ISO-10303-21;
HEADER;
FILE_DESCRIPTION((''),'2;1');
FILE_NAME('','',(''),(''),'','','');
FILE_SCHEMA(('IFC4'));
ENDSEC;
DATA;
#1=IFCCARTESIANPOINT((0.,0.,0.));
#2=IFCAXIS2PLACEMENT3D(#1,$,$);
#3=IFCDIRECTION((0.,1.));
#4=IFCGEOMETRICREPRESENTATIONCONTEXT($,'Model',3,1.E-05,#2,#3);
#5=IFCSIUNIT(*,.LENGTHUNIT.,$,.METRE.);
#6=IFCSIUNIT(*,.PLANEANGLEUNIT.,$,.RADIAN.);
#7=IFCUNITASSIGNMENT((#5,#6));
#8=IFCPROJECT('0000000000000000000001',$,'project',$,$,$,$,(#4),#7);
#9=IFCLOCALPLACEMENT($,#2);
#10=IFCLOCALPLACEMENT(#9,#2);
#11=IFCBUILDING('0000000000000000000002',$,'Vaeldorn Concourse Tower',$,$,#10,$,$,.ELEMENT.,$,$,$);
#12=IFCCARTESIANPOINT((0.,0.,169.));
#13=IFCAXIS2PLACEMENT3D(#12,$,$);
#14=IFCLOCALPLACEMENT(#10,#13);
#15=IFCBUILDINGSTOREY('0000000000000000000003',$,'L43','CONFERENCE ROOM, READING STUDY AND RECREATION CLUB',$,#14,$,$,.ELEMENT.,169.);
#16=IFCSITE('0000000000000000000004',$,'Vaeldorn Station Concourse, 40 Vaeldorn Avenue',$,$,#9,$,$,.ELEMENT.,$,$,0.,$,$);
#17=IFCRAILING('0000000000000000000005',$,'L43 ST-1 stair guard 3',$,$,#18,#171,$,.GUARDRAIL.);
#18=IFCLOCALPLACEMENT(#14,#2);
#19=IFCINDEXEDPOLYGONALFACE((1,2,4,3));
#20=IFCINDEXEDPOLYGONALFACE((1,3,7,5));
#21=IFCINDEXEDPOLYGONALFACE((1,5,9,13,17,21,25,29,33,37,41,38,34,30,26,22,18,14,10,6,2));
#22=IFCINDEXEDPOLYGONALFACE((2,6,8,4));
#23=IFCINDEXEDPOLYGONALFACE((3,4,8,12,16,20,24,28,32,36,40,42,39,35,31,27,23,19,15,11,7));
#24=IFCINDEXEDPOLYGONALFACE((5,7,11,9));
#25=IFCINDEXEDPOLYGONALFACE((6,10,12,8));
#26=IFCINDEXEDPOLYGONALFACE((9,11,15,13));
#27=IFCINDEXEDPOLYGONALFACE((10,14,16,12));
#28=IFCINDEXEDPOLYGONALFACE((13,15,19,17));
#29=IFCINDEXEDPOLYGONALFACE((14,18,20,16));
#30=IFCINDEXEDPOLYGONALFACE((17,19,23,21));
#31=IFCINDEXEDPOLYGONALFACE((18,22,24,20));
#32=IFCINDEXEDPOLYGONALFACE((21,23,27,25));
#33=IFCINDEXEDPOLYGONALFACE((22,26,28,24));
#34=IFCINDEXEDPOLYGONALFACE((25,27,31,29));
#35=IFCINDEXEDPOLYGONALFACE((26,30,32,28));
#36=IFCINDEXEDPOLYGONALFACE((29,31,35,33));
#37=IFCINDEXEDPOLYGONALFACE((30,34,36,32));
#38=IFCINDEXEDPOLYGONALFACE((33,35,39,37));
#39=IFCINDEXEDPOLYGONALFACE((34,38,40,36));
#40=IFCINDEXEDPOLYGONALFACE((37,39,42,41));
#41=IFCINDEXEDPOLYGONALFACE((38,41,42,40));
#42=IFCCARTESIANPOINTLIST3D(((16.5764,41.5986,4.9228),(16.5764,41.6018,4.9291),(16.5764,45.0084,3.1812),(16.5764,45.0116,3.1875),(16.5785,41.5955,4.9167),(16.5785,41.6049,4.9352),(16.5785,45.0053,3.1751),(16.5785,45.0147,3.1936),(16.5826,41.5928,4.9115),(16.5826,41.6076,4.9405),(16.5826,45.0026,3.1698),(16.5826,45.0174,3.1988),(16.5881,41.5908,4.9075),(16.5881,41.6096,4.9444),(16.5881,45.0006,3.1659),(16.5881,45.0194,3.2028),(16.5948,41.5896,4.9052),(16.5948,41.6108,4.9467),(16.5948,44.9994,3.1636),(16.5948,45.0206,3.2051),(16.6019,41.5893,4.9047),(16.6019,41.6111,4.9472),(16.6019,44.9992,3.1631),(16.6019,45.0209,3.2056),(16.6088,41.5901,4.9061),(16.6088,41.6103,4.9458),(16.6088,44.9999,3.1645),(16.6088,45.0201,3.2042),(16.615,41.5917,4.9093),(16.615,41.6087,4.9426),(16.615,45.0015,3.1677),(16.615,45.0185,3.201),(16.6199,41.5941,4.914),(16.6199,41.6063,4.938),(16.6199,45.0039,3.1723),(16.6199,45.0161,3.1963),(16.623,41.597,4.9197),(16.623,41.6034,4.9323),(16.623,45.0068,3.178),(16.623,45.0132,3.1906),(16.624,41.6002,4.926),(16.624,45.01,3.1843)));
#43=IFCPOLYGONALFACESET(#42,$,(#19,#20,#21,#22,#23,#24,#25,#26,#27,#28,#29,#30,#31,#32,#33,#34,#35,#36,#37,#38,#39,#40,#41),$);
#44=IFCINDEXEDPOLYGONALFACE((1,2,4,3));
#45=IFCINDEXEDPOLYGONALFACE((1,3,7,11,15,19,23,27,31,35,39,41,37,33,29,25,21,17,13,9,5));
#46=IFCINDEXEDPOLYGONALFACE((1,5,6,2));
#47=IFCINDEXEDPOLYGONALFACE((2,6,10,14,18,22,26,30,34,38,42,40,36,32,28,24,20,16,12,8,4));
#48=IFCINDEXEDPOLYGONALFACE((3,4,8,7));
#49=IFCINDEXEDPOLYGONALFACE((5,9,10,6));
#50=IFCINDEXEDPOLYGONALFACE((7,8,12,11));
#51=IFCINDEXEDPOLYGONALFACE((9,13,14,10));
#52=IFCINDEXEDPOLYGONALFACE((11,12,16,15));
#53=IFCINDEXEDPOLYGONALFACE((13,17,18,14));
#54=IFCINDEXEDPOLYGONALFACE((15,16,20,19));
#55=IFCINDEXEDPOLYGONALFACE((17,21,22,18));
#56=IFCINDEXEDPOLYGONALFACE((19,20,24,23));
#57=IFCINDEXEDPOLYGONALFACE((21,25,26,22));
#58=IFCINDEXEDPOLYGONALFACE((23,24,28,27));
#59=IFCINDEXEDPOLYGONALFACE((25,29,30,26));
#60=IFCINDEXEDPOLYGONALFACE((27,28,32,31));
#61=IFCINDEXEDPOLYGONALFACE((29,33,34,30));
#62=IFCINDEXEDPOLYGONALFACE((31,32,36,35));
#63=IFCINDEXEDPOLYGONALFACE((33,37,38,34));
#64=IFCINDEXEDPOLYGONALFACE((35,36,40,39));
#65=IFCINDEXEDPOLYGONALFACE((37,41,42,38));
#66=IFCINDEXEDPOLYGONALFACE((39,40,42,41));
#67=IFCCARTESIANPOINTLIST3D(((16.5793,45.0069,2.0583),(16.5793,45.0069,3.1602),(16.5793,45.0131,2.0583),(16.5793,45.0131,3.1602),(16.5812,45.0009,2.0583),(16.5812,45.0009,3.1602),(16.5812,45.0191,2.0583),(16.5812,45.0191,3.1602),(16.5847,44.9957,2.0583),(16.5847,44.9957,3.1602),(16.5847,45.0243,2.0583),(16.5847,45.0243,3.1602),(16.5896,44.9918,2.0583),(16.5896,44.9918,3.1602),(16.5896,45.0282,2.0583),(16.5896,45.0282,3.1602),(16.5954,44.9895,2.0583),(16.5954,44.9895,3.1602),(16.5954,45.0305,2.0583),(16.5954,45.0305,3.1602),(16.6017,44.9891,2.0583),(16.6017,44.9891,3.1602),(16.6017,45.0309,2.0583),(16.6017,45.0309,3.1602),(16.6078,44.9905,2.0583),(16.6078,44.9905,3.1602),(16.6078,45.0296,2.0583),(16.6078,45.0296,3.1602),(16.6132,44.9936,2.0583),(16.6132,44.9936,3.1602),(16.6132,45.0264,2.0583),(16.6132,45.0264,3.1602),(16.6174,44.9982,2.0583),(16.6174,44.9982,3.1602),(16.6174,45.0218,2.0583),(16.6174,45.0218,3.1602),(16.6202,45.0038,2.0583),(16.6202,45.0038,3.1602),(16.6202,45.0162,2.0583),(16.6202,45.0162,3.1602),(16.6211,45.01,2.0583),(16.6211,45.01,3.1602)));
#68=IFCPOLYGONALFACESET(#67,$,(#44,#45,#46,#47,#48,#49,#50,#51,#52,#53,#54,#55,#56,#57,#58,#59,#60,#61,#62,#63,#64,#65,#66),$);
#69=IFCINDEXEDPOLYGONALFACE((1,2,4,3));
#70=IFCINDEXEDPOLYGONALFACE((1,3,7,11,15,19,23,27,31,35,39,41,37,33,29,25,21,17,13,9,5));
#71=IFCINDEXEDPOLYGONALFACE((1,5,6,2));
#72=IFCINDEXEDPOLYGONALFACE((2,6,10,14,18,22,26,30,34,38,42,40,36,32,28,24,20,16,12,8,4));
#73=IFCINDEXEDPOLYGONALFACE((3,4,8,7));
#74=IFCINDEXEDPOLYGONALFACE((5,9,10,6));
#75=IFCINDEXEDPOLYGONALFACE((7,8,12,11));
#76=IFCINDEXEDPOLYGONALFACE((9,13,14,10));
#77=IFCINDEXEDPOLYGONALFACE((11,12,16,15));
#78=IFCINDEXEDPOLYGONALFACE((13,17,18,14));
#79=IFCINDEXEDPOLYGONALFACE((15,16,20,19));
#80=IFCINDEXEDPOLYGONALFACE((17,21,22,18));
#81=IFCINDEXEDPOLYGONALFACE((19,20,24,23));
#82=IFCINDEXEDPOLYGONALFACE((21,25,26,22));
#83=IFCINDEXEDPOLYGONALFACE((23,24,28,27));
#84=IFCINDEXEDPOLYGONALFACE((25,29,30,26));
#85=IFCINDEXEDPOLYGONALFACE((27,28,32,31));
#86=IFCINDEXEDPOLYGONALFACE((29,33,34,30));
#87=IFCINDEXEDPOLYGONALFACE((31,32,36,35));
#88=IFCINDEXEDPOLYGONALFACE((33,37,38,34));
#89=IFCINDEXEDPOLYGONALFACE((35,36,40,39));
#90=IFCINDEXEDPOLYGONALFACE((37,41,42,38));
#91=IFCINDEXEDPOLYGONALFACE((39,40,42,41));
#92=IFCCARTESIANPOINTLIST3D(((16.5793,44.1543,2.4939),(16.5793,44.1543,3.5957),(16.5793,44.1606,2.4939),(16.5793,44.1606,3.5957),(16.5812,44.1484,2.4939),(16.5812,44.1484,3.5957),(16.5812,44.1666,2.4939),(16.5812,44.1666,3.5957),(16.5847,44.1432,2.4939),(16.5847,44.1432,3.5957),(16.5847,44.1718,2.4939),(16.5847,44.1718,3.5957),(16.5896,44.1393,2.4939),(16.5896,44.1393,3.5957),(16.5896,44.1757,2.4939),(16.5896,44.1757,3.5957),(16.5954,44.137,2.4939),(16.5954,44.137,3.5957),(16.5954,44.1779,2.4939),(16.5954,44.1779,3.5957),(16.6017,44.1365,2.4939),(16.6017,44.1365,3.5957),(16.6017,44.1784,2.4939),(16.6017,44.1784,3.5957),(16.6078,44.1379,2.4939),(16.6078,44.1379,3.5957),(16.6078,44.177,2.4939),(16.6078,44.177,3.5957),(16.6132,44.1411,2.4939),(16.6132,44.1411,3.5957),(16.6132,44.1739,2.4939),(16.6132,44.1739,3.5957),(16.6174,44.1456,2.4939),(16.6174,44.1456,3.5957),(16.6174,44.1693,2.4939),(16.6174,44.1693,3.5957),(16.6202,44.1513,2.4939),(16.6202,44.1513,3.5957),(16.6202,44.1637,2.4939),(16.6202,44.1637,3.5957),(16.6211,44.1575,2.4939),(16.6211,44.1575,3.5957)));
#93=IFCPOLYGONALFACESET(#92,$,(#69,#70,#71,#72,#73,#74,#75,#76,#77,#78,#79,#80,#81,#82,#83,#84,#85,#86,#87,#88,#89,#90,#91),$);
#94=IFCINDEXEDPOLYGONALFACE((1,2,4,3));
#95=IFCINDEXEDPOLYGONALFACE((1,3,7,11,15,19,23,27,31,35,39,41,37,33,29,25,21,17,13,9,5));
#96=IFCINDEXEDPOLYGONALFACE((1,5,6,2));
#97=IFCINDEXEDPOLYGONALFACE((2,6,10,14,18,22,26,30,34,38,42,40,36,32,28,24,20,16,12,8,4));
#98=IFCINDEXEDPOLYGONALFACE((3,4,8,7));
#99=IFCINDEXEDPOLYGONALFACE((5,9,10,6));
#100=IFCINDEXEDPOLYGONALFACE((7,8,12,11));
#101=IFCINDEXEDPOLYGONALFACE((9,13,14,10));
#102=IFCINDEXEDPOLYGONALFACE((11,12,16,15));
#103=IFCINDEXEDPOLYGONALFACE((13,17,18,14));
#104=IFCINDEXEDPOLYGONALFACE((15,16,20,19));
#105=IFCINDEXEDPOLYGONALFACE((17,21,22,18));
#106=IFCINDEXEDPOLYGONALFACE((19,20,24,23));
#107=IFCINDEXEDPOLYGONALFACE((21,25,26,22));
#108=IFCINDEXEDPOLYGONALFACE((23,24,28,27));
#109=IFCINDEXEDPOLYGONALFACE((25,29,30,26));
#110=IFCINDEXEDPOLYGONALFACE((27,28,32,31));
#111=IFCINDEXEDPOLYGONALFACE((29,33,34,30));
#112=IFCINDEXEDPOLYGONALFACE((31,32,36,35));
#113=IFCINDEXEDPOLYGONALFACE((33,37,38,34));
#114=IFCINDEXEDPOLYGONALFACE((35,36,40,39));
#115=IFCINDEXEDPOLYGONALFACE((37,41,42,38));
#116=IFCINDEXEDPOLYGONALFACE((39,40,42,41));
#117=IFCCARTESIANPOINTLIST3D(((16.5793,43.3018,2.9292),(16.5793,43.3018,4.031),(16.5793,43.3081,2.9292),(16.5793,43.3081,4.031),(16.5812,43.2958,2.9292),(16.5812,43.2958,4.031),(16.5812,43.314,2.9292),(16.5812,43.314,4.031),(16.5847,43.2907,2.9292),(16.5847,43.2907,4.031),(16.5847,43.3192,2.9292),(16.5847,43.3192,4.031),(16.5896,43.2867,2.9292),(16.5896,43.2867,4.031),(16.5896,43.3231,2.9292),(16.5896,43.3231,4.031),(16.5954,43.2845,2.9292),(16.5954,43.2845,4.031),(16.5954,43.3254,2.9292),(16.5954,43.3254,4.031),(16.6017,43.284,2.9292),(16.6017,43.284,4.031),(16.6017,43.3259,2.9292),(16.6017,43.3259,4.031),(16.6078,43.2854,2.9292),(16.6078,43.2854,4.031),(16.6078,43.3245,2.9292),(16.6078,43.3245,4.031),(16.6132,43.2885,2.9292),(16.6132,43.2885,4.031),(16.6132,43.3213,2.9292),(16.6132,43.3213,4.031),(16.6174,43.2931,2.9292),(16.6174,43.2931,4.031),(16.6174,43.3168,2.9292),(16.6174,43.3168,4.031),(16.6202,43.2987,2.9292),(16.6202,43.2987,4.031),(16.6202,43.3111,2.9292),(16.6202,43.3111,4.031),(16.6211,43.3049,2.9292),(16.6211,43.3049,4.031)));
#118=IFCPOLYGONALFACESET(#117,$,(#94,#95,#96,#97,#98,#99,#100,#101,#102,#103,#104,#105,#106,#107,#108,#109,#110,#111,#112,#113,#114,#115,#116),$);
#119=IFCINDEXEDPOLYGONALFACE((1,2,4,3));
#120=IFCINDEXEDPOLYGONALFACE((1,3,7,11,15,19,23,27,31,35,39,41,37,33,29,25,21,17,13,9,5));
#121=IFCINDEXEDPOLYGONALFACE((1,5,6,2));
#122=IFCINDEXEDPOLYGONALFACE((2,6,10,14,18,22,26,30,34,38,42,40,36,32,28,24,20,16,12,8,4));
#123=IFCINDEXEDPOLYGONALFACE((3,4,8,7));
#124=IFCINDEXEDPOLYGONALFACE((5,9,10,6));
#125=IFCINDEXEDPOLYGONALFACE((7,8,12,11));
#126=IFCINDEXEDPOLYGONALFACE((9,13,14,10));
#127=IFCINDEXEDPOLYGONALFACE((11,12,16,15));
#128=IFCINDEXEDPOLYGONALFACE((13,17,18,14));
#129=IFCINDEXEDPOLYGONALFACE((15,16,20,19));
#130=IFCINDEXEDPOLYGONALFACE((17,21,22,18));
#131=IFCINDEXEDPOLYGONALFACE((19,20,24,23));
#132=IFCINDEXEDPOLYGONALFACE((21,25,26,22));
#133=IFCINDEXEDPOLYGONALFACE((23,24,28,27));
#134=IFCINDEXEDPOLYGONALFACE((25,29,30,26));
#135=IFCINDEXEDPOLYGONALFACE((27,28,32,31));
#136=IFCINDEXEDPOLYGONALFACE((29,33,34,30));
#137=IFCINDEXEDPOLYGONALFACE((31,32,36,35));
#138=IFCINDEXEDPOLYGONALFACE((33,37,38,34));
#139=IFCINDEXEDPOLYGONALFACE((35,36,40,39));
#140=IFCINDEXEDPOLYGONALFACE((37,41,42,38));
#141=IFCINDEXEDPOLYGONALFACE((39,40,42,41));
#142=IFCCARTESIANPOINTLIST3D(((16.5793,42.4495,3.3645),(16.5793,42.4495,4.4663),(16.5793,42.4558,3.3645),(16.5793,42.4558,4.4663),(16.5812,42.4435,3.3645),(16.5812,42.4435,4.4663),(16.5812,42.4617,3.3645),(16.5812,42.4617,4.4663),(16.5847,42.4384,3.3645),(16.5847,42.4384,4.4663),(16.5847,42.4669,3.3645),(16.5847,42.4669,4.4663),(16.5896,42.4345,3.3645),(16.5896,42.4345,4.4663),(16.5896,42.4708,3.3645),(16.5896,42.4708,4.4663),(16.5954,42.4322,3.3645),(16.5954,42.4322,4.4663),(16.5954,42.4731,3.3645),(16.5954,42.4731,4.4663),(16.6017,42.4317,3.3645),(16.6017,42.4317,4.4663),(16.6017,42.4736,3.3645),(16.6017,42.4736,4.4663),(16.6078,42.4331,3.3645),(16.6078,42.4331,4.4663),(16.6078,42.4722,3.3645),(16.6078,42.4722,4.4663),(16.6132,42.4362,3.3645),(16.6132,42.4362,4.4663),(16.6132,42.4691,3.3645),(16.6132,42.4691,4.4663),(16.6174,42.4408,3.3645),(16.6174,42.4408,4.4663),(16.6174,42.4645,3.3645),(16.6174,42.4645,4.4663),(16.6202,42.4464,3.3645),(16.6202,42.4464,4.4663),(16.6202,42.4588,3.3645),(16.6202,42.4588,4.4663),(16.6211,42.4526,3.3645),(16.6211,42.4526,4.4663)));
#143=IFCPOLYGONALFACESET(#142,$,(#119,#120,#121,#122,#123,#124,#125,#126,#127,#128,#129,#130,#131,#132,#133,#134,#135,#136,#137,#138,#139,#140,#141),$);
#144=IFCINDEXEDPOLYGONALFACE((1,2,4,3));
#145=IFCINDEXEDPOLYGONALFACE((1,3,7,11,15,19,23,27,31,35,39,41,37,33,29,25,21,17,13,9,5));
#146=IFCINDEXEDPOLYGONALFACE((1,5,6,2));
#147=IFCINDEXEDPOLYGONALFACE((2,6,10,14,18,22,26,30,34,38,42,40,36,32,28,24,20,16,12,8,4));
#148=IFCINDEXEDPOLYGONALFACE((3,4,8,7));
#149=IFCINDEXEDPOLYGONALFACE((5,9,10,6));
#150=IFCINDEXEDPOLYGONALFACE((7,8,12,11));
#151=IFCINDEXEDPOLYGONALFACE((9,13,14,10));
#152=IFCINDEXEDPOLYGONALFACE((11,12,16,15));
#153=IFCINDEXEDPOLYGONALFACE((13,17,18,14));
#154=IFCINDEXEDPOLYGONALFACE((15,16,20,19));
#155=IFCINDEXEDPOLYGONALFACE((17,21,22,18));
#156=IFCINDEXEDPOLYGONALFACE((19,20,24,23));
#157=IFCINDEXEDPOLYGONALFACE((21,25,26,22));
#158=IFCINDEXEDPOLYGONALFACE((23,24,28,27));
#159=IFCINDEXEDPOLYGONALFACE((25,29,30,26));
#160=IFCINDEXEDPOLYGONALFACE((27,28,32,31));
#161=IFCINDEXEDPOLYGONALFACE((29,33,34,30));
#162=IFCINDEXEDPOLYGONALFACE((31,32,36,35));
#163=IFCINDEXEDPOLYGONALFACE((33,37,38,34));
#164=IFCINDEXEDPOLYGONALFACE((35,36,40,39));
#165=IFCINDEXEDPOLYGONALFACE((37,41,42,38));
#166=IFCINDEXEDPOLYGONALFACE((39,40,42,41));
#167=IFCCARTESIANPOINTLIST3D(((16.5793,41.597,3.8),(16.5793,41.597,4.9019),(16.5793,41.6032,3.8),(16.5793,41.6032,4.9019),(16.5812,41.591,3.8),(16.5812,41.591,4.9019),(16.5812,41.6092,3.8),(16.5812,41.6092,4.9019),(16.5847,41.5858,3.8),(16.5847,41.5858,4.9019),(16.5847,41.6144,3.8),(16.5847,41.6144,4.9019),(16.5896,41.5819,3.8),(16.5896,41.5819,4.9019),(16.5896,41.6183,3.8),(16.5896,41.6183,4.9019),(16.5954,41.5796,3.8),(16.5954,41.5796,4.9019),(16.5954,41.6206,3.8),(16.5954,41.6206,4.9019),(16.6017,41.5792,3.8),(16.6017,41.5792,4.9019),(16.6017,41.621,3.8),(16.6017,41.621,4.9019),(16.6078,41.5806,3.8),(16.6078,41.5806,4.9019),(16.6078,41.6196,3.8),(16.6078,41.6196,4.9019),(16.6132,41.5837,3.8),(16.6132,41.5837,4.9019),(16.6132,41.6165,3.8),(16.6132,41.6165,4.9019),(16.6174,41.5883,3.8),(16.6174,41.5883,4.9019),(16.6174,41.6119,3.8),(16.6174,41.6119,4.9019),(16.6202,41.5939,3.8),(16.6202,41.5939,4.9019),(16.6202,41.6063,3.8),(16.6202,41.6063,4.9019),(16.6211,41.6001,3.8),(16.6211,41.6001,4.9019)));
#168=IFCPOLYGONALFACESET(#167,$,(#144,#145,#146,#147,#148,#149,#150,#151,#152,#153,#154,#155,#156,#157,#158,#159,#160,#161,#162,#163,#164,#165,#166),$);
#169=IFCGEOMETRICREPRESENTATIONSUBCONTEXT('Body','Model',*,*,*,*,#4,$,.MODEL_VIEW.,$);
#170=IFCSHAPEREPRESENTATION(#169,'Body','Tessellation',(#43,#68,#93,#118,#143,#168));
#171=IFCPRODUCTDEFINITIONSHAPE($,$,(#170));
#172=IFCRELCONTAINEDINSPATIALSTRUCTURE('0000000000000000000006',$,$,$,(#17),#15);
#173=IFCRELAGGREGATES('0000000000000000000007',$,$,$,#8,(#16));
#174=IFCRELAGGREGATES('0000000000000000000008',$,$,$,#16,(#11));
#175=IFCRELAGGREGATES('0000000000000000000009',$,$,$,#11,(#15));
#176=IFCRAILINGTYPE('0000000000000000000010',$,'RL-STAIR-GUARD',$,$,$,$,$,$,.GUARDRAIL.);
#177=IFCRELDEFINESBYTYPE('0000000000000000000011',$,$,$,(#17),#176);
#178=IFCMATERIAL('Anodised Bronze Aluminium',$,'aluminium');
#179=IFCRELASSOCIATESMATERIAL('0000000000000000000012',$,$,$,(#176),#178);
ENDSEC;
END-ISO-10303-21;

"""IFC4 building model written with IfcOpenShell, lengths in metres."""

from ifc_helpers import new_model, si_unit, direction, frame, origin, origin_2d, place, context, subcontext, project, spatial, circle, extrude, material, type_object, element, save


model = new_model("IFC4")

# Units and contexts
model_context = context("Model", 3, precision=1e-05, world=origin(), true_north=direction((0.0, 1.0)))
body_context = subcontext(model_context, "Body", "Model", "MODEL_VIEW")
ifc_project = project(units=[si_unit("LENGTHUNIT", "METRE"), si_unit("PLANEANGLEUNIT", "RADIAN")], contexts=[model_context])

# Site, building, storey
site_placement = place(None, origin())
site = spatial("IfcSite", under=ifc_project, at=site_placement, Name="Vaeldorn Station Concourse, 40 Vaeldorn Avenue", CompositionType="ELEMENT", RefElevation=0.0)
building_placement = place(site_placement, origin())
building = spatial("IfcBuilding", under=site, at=building_placement, Name="Vaeldorn Concourse Tower", CompositionType="ELEMENT")
storey_placement = place(building_placement, frame((0.0, 0.0, 169.0)))
storey = spatial("IfcBuildingStorey", under=building, at=storey_placement, Name="L43", Description="CONFERENCE ROOM, READING STUDY AND RECREATION CLUB", CompositionType="ELEMENT", Elevation=169.0)

# Railing
ifc_material_1 = material(Name="Anodised Bronze Aluminium", Category="aluminium")
railing_type_1 = type_object("IfcRailingType", Name="RL-STAIR-GUARD", PredefinedType="GUARDRAIL", material=ifc_material_1)
railing_1_placement = place(storey_placement, frame((16.6001, 45.01, 2.0583)))
element("IfcRailing", 1, at=railing_1_placement, inside=storey, type_object=railing_type_1, Name="L43 ST-1 stair guard 3", PredefinedType="GUARDRAIL", context=body_context, shape_type="SweptSolid", body=[
    extrude(circle(Radius=0.0239, at=origin_2d()), frame((0.0, 0.0, 1.126), z_axis=(0.0, -0.890556, 0.454874), x_axis=(1.0, 0.0, 0.0)), (0.0, 0.0, 1.0), 3.8289),
    extrude(circle(Radius=0.021, at=origin_2d()), origin(), (0.0, 0.0, 1.0), 1.1018),
    extrude(circle(Radius=0.021, at=origin_2d()), frame((0.0, -0.8525, 0.4355)), (0.0, 0.0, 1.0), 1.1018),
    extrude(circle(Radius=0.021, at=origin_2d()), frame((0.0, -1.7051, 0.8708)), (0.0, 0.0, 1.0), 1.1018),
    extrude(circle(Radius=0.021, at=origin_2d()), frame((0.0, -2.5574, 1.3062)), (0.0, 0.0, 1.0), 1.1018),
    extrude(circle(Radius=0.021, at=origin_2d()), frame((0.0, -3.4099, 1.7417)), (0.0, 0.0, 1.0), 1.1018),
])

save(model, "model.ifc")
